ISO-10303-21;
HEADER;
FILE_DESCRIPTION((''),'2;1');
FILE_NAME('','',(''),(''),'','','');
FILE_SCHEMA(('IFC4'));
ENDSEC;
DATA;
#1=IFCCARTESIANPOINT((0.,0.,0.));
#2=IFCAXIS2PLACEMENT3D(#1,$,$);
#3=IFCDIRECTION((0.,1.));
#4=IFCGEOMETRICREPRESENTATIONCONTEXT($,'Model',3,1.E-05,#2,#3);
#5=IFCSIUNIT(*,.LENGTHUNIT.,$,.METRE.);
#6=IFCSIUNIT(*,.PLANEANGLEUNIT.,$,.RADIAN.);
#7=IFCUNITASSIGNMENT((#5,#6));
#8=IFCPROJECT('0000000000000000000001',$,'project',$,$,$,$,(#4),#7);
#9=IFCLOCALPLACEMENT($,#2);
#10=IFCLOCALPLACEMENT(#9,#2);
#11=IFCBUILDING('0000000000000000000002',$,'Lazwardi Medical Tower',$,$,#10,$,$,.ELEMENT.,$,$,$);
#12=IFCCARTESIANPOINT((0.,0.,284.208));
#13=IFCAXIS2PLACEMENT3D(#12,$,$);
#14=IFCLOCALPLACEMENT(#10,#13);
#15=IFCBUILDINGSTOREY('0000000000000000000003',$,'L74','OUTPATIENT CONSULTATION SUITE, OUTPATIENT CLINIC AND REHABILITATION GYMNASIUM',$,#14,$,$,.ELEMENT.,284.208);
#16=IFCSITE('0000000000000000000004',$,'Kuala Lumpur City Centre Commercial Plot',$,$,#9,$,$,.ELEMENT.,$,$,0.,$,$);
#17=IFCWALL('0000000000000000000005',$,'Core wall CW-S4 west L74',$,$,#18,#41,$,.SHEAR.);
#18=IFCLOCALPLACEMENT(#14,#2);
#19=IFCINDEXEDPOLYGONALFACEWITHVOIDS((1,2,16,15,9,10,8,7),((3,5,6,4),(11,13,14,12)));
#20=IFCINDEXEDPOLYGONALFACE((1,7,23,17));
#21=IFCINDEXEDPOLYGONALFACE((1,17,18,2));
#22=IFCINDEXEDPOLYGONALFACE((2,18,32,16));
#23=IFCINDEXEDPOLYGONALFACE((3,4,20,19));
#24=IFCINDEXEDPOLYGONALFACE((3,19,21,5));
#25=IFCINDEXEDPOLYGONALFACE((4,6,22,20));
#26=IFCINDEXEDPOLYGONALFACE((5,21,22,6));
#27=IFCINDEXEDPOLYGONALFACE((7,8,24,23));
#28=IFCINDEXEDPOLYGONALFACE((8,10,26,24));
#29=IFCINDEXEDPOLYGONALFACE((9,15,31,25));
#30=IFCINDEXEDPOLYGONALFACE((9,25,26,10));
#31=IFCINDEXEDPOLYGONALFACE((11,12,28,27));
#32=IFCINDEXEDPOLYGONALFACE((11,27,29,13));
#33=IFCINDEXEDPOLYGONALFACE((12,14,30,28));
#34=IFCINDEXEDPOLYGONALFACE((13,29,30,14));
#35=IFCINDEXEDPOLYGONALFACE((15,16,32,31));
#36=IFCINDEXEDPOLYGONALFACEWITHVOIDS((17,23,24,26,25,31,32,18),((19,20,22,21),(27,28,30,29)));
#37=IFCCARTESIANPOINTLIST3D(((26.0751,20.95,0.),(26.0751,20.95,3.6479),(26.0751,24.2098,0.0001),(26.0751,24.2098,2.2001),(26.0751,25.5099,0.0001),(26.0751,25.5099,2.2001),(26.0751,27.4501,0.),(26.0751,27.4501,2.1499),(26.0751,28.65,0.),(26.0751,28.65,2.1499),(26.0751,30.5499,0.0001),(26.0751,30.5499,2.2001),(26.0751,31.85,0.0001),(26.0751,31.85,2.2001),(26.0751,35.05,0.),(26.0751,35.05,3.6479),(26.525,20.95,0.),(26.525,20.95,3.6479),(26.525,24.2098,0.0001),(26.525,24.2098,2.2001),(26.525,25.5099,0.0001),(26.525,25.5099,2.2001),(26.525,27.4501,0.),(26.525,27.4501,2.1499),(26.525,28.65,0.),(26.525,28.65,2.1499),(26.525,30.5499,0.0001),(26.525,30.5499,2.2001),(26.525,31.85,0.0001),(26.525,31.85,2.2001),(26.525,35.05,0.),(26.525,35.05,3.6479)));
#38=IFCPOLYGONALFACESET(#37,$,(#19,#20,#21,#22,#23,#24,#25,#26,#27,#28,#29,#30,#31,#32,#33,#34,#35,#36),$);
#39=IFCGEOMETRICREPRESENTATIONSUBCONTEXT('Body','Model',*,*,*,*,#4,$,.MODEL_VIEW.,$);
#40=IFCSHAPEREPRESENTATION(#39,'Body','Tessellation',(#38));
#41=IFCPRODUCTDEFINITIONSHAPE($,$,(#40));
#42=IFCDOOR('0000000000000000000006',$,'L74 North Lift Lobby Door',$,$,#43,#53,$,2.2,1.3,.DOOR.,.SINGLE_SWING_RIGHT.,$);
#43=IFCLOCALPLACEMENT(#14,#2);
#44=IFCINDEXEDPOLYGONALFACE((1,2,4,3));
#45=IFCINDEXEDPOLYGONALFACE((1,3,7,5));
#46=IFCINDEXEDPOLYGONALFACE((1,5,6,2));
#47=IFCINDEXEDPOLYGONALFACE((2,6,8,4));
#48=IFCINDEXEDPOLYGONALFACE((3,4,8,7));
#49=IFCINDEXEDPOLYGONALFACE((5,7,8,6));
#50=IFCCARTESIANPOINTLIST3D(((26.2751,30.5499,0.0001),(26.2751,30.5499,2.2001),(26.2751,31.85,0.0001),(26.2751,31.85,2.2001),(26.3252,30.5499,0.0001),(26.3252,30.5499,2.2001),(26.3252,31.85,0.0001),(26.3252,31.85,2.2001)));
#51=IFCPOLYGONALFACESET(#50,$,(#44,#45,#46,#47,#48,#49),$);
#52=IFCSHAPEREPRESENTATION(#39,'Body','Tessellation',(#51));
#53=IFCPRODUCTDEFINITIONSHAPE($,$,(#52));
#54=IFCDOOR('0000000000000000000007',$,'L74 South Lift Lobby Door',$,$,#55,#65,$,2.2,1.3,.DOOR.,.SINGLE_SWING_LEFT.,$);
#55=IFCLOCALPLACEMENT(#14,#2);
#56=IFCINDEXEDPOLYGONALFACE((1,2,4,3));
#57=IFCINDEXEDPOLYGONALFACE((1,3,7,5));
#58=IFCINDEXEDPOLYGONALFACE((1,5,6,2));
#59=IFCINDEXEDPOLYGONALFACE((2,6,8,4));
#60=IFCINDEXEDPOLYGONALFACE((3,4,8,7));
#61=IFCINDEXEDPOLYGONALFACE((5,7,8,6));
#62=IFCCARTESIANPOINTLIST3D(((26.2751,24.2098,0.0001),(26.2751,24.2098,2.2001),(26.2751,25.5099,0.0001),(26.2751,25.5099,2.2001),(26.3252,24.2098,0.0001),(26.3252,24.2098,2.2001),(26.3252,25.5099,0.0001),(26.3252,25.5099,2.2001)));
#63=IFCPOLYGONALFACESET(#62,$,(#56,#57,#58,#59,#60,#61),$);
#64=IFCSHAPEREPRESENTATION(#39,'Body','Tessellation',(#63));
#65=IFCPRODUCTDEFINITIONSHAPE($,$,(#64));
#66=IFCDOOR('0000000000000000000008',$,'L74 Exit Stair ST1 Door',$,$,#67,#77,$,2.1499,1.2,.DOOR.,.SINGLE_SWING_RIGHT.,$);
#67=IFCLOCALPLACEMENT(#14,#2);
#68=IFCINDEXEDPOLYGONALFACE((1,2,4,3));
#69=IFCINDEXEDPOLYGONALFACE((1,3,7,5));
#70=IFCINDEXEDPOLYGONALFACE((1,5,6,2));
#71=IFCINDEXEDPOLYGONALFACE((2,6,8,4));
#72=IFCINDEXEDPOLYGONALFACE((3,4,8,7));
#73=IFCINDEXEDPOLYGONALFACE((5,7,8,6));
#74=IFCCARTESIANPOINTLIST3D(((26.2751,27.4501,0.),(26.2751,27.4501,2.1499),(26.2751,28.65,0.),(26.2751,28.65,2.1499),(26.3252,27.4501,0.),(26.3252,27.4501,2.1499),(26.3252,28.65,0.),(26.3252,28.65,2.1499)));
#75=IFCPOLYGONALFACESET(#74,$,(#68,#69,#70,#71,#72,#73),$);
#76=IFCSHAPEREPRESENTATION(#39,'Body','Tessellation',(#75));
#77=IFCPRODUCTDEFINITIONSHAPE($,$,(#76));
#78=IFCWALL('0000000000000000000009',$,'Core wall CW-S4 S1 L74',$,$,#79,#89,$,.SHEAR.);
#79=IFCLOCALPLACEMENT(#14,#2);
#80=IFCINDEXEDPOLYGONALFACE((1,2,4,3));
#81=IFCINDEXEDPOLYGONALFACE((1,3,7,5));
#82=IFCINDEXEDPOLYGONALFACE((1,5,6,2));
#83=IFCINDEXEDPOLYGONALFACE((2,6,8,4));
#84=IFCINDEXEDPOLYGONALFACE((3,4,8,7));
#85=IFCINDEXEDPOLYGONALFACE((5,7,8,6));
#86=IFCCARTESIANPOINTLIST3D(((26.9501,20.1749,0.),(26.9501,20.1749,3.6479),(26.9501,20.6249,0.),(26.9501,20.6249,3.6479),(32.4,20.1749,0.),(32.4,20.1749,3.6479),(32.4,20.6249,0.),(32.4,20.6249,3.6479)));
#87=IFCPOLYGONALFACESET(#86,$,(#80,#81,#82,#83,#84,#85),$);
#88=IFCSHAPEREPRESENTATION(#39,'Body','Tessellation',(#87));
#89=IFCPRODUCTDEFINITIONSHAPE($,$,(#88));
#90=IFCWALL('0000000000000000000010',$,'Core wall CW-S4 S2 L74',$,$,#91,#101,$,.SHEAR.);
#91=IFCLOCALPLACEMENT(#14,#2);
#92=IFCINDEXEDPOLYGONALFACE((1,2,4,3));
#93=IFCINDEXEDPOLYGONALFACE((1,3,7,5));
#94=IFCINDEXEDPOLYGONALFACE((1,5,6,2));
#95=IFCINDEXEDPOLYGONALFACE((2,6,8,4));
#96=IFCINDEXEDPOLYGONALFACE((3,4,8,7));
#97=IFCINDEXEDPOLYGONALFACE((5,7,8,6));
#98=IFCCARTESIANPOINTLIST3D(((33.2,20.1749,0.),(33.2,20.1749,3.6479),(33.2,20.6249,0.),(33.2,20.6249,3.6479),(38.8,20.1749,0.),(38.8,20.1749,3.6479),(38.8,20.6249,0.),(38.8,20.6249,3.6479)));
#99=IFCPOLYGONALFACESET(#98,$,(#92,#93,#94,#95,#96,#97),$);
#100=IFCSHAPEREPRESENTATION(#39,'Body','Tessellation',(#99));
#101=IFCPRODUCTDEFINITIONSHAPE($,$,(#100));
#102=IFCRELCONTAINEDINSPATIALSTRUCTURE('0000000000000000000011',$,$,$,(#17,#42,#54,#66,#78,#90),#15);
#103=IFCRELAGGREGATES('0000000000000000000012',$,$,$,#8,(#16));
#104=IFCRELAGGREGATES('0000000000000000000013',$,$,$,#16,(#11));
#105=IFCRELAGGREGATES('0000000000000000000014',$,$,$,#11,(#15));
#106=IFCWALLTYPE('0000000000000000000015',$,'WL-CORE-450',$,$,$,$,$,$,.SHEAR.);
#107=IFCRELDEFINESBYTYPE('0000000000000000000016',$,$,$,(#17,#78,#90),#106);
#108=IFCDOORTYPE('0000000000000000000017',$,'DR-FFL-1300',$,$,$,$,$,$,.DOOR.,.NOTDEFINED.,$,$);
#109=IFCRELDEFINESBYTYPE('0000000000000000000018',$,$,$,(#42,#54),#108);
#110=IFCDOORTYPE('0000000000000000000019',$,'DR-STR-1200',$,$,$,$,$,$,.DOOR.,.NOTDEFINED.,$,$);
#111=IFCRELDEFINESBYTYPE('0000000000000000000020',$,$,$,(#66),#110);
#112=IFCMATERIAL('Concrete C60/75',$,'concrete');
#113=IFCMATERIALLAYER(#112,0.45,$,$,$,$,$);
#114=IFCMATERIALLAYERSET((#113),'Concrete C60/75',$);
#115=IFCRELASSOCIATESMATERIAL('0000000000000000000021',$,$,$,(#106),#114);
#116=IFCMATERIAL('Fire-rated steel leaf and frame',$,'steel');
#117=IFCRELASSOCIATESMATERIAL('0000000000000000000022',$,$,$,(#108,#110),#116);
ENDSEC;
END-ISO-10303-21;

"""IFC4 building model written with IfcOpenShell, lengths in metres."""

from ifc_helpers import new_model, si_unit, direction, frame, frame_2d, origin, place, context, subcontext, project, spatial, rectangle, extrude, material, layer, layer_set, type_object, element, fill, save


model = new_model("IFC4")

# Units and contexts
model_context = context("Model", 3, precision=1e-05, world=origin(), true_north=direction((0.0, 1.0)))
body_context = subcontext(model_context, "Body", "Model", "MODEL_VIEW")
ifc_project = project(units=[si_unit("LENGTHUNIT", "METRE"), si_unit("PLANEANGLEUNIT", "RADIAN")], contexts=[model_context])

# Site, building, storey
site_placement = place(None, origin())
site = spatial("IfcSite", under=ifc_project, at=site_placement, Name="Kuala Lumpur City Centre Commercial Plot", CompositionType="ELEMENT", RefElevation=0.0)
building_placement = place(site_placement, origin())
building = spatial("IfcBuilding", under=site, at=building_placement, Name="Lazwardi Medical Tower", CompositionType="ELEMENT")
storey_placement = place(building_placement, frame((0.0, 0.0, 284.208)))
storey = spatial("IfcBuildingStorey", under=building, at=storey_placement, Name="L74", Description="OUTPATIENT CONSULTATION SUITE, OUTPATIENT CLINIC AND REHABILITATION GYMNASIUM", CompositionType="ELEMENT", Elevation=284.208)

# Shared definitions
ifc_material_1 = material(Name="Concrete C60/75", Category="concrete")

# Wall, openings, doors
ifc_layer_1 = layer(ifc_material_1, 0.45)
ifc_layer_set_1 = layer_set([ifc_layer_1], Name="Concrete C60/75")
wall_type_1 = type_object("IfcWallType", Name="WL-CORE-450", PredefinedType="SHEAR", material=ifc_layer_set_1)
wall_1_placement = place(storey_placement, frame((26.3, 20.95, 0.0), z_axis=(0.0, 0.0, 1.0), x_axis=(0.0, 1.0, 0.0)))
wall_1 = element("IfcWall", 1, at=wall_1_placement, inside=storey, type_object=wall_type_1, Name="Core wall CW-S4 west L74", PredefinedType="SHEAR", context=body_context, shape_type="SweptSolid", body=[
    extrude(rectangle(XDim=14.1001, YDim=0.45, at=frame_2d((7.05, 0.0))), origin(), (0.0, 0.0, 1.0), 3.6479),
])
opening_1_placement = place(wall_1_placement, frame((6.5, 0.0, 0.0)))
opening_1 = element("IfcOpeningElement", 2, at=opening_1_placement, cuts=wall_1, PredefinedType="OPENING", context=body_context, shape_type="SweptSolid", body=[
    extrude(rectangle(XDim=1.2, YDim=2.1499, at=frame_2d((0.6001, 1.075))), frame((0.0, 0.2349, 0.0), z_axis=(0.0, -1.0, 0.0), x_axis=(1.0, 0.0, 0.0)), (0.0, 0.0, 1.0), 0.47),
])
opening_2_placement = place(wall_1_placement, frame((9.6001, 0.0, 0.0)))
opening_2 = element("IfcOpeningElement", 3, at=opening_2_placement, cuts=wall_1, PredefinedType="OPENING", context=body_context, shape_type="SweptSolid", body=[
    extrude(rectangle(XDim=1.3, YDim=2.2, at=frame_2d((0.6499, 1.1001))), frame((0.0, 0.2349, 0.0), z_axis=(0.0, -1.0, 0.0), x_axis=(1.0, 0.0, 0.0)), (0.0, 0.0, 1.0), 0.47),
])
opening_3_placement = place(wall_1_placement, frame((3.26, 0.0, 0.0)))
opening_3 = element("IfcOpeningElement", 4, at=opening_3_placement, cuts=wall_1, PredefinedType="OPENING", context=body_context, shape_type="SweptSolid", body=[
    extrude(rectangle(XDim=1.3, YDim=2.2, at=frame_2d((0.6499, 1.1001))), frame((0.0, 0.2349, 0.0), z_axis=(0.0, -1.0, 0.0), x_axis=(1.0, 0.0, 0.0)), (0.0, 0.0, 1.0), 0.47),
])
ifc_material_2 = material(Name="Fire-rated steel leaf and frame", Category="steel")
door_type_1 = type_object("IfcDoorType", Name="DR-FFL-1300", OperationType="NOTDEFINED", PredefinedType="DOOR", material=ifc_material_2)
door_1_placement = place(opening_2_placement, origin())
door_1 = element("IfcDoor", 5, at=door_1_placement, inside=storey, type_object=door_type_1, Name="L74 North Lift Lobby Door", OperationType="SINGLE_SWING_RIGHT", OverallHeight=2.2, OverallWidth=1.3, PredefinedType="DOOR", context=body_context, shape_type="SweptSolid", body=[
    extrude(rectangle(XDim=1.3, YDim=2.2, at=frame_2d((0.6499, 1.1001))), frame((0.0, 0.0249, 0.0), z_axis=(0.0, -1.0, 0.0), x_axis=(1.0, 0.0, 0.0)), (0.0, 0.0, 1.0), 0.05),
])
fill(opening_2, door_1)
door_2_placement = place(opening_3_placement, origin())
door_2 = element("IfcDoor", 6, at=door_2_placement, inside=storey, type_object=door_type_1, Name="L74 South Lift Lobby Door", OperationType="SINGLE_SWING_LEFT", OverallHeight=2.2, OverallWidth=1.3, PredefinedType="DOOR", context=body_context, shape_type="SweptSolid", body=[
    extrude(rectangle(XDim=1.3, YDim=2.2, at=frame_2d((0.6499, 1.1001))), frame((0.0, 0.0249, 0.0), z_axis=(0.0, -1.0, 0.0), x_axis=(1.0, 0.0, 0.0)), (0.0, 0.0, 1.0), 0.05),
])
fill(opening_3, door_2)
door_type_2 = type_object("IfcDoorType", Name="DR-STR-1200", OperationType="NOTDEFINED", PredefinedType="DOOR", material=ifc_material_2)
door_3_placement = place(opening_1_placement, origin())
door_3 = element("IfcDoor", 7, at=door_3_placement, inside=storey, type_object=door_type_2, Name="L74 Exit Stair ST1 Door", OperationType="SINGLE_SWING_RIGHT", OverallHeight=2.1499, OverallWidth=1.2, PredefinedType="DOOR", context=body_context, shape_type="SweptSolid", body=[
    extrude(rectangle(XDim=1.2, YDim=2.1499, at=frame_2d((0.6001, 1.075))), frame((0.0, 0.0249, 0.0), z_axis=(0.0, -1.0, 0.0), x_axis=(1.0, 0.0, 0.0)), (0.0, 0.0, 1.0), 0.05),
])
fill(opening_1, door_3)

# Walls
wall_2_placement = place(storey_placement, frame((26.95, 20.3999, 0.0), z_axis=(0.0, 0.0, 1.0), x_axis=(1.0, 0.0, 0.0)))
element("IfcWall", 8, at=wall_2_placement, inside=storey, type_object=wall_type_1, Name="Core wall CW-S4 S1 L74", PredefinedType="SHEAR", context=body_context, shape_type="SweptSolid", body=[
    extrude(rectangle(XDim=5.45, YDim=0.45, at=frame_2d((2.7251, 0.0))), origin(), (0.0, 0.0, 1.0), 3.6479),
])
wall_3_placement = place(storey_placement, frame((33.2, 20.3999, 0.0), z_axis=(0.0, 0.0, 1.0), x_axis=(1.0, 0.0, 0.0)))
element("IfcWall", 9, at=wall_3_placement, inside=storey, type_object=wall_type_1, Name="Core wall CW-S4 S2 L74", PredefinedType="SHEAR", context=body_context, shape_type="SweptSolid", body=[
    extrude(rectangle(XDim=5.6001, YDim=0.45, at=frame_2d((2.8, 0.0))), origin(), (0.0, 0.0, 1.0), 3.6479),
])

save(model, "model.ifc")
